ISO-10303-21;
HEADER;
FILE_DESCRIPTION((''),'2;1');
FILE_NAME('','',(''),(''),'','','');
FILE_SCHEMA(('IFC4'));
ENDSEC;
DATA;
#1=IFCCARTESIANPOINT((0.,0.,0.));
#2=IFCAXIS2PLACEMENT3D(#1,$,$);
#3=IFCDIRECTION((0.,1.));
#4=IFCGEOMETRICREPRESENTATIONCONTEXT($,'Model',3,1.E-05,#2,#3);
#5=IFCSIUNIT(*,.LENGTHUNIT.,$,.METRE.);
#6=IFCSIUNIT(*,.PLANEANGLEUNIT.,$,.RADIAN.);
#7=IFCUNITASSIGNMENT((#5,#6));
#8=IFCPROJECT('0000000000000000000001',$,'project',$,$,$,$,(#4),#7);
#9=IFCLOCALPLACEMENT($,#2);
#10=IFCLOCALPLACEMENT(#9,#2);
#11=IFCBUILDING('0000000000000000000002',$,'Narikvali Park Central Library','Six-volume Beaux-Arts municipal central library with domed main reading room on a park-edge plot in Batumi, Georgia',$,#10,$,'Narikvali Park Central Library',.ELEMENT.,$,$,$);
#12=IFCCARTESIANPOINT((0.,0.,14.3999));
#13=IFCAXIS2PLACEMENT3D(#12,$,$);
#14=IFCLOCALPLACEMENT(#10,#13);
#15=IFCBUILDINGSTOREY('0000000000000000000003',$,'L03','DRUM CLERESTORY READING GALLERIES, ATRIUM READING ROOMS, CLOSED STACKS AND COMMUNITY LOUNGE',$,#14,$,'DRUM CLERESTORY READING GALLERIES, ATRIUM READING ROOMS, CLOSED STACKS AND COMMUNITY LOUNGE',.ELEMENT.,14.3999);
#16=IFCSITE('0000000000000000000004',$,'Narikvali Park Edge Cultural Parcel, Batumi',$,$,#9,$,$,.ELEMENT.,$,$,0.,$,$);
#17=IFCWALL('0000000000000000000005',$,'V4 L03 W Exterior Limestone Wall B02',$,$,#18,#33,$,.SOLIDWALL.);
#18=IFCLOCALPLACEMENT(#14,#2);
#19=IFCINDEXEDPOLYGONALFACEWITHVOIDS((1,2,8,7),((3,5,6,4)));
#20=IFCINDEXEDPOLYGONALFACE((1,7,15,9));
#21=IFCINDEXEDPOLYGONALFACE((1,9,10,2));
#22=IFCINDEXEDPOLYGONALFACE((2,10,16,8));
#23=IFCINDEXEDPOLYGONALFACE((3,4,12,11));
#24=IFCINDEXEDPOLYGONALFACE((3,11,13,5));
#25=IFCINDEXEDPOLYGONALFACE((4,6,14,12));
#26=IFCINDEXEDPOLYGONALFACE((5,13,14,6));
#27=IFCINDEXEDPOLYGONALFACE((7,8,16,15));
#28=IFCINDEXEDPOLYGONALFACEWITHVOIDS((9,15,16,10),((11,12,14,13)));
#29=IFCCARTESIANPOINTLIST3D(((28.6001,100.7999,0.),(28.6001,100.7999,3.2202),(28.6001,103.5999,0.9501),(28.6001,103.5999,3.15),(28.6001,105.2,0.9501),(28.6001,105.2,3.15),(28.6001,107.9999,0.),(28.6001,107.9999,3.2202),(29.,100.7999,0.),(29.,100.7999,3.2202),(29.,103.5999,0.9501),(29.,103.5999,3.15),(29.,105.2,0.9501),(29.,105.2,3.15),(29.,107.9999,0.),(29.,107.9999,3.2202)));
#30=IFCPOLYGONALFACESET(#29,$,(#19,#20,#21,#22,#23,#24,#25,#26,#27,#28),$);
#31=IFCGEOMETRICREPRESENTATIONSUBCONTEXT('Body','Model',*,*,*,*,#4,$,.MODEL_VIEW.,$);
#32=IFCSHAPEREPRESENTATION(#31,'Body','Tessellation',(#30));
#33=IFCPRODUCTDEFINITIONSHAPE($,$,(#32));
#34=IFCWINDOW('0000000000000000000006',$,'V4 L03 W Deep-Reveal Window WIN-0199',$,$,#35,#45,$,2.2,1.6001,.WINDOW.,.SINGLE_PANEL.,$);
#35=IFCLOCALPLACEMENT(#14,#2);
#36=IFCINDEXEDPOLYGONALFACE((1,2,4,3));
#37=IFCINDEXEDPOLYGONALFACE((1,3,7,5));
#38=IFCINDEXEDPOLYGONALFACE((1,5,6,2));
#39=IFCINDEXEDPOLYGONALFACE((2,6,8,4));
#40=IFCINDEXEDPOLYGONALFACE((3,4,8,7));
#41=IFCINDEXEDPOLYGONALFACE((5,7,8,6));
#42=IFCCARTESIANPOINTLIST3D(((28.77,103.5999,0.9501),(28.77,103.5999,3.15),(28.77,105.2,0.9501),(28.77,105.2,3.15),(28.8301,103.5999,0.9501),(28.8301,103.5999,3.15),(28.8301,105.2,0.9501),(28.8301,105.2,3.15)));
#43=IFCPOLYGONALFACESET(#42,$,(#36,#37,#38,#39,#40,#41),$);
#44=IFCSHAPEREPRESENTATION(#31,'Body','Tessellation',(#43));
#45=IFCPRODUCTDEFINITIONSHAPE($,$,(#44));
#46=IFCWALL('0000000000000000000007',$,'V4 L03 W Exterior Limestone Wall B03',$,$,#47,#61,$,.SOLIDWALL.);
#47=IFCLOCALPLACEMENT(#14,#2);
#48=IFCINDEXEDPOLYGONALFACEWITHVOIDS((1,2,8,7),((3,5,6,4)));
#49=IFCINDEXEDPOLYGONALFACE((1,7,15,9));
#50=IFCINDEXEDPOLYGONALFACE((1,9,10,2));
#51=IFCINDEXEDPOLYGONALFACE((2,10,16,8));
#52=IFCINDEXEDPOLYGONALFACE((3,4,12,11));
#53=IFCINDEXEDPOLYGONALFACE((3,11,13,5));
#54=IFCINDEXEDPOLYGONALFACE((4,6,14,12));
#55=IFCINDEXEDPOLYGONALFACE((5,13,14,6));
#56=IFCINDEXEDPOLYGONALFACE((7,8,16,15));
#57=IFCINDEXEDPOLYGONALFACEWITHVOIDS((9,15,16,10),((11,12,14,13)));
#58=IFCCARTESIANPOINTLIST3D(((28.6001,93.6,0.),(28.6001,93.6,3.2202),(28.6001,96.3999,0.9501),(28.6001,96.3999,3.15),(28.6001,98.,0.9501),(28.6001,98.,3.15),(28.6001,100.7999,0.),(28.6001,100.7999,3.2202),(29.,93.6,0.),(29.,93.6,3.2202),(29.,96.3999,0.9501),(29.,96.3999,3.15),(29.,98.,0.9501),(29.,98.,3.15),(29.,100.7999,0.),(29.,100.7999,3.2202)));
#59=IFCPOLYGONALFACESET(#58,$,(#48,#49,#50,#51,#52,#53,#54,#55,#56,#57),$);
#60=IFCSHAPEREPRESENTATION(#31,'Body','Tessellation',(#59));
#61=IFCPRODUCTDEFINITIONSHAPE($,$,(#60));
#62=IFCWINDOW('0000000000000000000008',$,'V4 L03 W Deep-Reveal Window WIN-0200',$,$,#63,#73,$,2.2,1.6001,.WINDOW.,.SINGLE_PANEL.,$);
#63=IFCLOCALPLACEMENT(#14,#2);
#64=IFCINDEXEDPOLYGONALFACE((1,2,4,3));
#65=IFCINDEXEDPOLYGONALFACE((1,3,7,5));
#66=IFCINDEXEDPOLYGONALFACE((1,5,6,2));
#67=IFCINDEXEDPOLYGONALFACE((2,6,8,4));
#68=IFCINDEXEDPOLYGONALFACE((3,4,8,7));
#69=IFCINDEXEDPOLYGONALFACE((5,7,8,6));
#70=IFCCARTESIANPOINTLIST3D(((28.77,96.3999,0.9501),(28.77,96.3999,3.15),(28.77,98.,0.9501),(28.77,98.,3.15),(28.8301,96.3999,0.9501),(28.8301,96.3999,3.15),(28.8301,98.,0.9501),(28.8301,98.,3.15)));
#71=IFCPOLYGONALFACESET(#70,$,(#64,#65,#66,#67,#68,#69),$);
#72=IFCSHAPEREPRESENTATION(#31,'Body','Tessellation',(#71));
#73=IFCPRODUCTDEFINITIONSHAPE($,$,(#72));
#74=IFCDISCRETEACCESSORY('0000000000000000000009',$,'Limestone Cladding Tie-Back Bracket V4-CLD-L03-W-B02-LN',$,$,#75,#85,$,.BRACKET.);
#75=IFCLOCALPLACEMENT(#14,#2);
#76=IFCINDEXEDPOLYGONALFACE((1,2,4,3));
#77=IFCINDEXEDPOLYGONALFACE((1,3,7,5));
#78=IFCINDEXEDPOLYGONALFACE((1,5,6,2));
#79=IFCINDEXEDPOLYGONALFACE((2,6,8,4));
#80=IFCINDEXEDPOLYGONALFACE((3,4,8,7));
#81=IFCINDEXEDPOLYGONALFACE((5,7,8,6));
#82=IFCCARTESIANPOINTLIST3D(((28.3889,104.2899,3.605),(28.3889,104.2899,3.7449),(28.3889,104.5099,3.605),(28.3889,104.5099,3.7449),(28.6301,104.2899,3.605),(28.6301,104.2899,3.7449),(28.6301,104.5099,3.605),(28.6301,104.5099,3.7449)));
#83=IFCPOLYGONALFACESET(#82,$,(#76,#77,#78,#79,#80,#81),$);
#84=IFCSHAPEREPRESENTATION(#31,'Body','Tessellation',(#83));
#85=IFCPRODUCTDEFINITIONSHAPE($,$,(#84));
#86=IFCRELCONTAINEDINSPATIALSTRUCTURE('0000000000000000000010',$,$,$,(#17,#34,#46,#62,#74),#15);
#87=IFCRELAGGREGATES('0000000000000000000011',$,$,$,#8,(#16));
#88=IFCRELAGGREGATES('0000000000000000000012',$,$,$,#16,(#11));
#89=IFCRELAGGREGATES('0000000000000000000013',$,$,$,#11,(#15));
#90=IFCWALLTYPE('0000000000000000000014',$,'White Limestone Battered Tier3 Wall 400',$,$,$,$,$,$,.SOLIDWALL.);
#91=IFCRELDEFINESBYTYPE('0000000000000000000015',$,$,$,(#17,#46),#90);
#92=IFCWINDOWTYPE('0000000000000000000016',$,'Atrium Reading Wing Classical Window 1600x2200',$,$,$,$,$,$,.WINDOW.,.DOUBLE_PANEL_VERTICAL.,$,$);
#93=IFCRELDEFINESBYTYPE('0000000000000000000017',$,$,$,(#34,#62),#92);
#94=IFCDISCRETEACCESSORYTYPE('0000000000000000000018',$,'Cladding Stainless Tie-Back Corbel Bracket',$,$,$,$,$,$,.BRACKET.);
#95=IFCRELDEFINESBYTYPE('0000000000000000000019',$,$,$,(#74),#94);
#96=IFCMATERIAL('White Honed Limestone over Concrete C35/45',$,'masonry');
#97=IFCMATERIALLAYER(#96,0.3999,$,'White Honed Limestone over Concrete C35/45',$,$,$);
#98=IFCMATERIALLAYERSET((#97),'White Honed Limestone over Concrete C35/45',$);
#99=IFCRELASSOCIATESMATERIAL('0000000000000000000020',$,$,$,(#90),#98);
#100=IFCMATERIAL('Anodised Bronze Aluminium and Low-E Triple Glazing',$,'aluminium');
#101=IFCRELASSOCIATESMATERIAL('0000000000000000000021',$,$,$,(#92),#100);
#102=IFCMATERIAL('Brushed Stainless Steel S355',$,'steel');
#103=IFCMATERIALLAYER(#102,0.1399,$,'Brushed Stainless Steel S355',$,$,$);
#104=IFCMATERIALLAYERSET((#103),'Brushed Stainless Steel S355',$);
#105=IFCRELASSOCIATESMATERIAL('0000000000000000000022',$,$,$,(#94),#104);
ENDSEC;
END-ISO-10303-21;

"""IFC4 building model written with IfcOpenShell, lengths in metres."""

from ifc_helpers import new_model, si_unit, direction, frame, frame_2d, origin, origin_2d, place, context, subcontext, project, spatial, rectangle, extrude, material, layer, layer_set, type_object, element, fill, save


model = new_model("IFC4")

# Units and contexts
model_context = context("Model", 3, precision=1e-05, world=origin(), true_north=direction((0.0, 1.0)))
body_context = subcontext(model_context, "Body", "Model", "MODEL_VIEW")
ifc_project = project(units=[si_unit("LENGTHUNIT", "METRE"), si_unit("PLANEANGLEUNIT", "RADIAN")], contexts=[model_context])

# Site, building, storey
site_placement = place(None, origin())
site = spatial("IfcSite", under=ifc_project, at=site_placement, Name="Narikvali Park Edge Cultural Parcel, Batumi", CompositionType="ELEMENT", RefElevation=0.0)
building_placement = place(site_placement, origin())
building = spatial("IfcBuilding", under=site, at=building_placement, Name="Narikvali Park Central Library", Description="Six-volume Beaux-Arts municipal central library with domed main reading room on a park-edge plot in Batumi, Georgia", LongName="Narikvali Park Central Library", CompositionType="ELEMENT")
storey_placement = place(building_placement, frame((0.0, 0.0, 14.3999)))
storey = spatial("IfcBuildingStorey", under=building, at=storey_placement, Name="L03", Description="DRUM CLERESTORY READING GALLERIES, ATRIUM READING ROOMS, CLOSED STACKS AND COMMUNITY LOUNGE", LongName="DRUM CLERESTORY READING GALLERIES, ATRIUM READING ROOMS, CLOSED STACKS AND COMMUNITY LOUNGE", CompositionType="ELEMENT", Elevation=14.3999)

# Walls, openings, windows
ifc_material_1 = material(Name="White Honed Limestone over Concrete C35/45", Category="masonry")
ifc_layer_1 = layer(ifc_material_1, 0.3999, Name="White Honed Limestone over Concrete C35/45")
ifc_layer_set_1 = layer_set([ifc_layer_1], Name="White Honed Limestone over Concrete C35/45")
wall_type = type_object("IfcWallType", Name="White Limestone Battered Tier3 Wall 400", PredefinedType="SOLIDWALL", material=ifc_layer_set_1)
wall_1_placement = place(storey_placement, frame((28.8, 108.0, 0.0), z_axis=(0.0, 0.0, 1.0), x_axis=(0.0, -1.0, 0.0)))
wall_1 = element("IfcWall", 1, at=wall_1_placement, inside=storey, type_object=wall_type, Name="V4 L03 W Exterior Limestone Wall B02", PredefinedType="SOLIDWALL", context=body_context, shape_type="SweptSolid", body=[
    extrude(rectangle(XDim=7.2, YDim=0.3999, at=frame_2d((3.6001, 0.0))), origin(), (0.0, 0.0, 1.0), 3.2202),
])
opening_1_placement = place(wall_1_placement, frame((2.8, 0.0, 0.95)))
opening_1 = element("IfcOpeningElement", 2, at=opening_1_placement, cuts=wall_1, PredefinedType="OPENING", context=body_context, shape_type="SweptSolid", body=[
    extrude(rectangle(XDim=1.6001, YDim=2.2, at=frame_2d((0.8, 1.1001))), frame((0.0, 0.2119, 0.0), z_axis=(0.0, -1.0, 0.0), x_axis=(1.0, 0.0, 0.0)), (0.0, 0.0, 1.0), 0.4238),
])
ifc_material_2 = material(Name="Anodised Bronze Aluminium and Low-E Triple Glazing", Category="aluminium")
window_type = type_object("IfcWindowType", Name="Atrium Reading Wing Classical Window 1600x2200", PartitioningType="DOUBLE_PANEL_VERTICAL", PredefinedType="WINDOW", material=ifc_material_2)
window_1_placement = place(opening_1_placement, origin())
window_1 = element("IfcWindow", 3, at=window_1_placement, inside=storey, type_object=window_type, Name="V4 L03 W Deep-Reveal Window WIN-0199", OverallHeight=2.2, OverallWidth=1.6001, PartitioningType="SINGLE_PANEL", PredefinedType="WINDOW", context=body_context, shape_type="SweptSolid", body=[
    extrude(rectangle(XDim=1.6001, YDim=2.2, at=frame_2d((0.8, 1.1001))), frame((0.0, 0.03, 0.0), z_axis=(0.0, -1.0, 0.0), x_axis=(1.0, 0.0, 0.0)), (0.0, 0.0, 1.0), 0.0601),
])
fill(opening_1, window_1)
wall_2_placement = place(storey_placement, frame((28.8, 100.8, 0.0), z_axis=(0.0, 0.0, 1.0), x_axis=(0.0, -1.0, 0.0)))
wall_2 = element("IfcWall", 4, at=wall_2_placement, inside=storey, type_object=wall_type, Name="V4 L03 W Exterior Limestone Wall B03", PredefinedType="SOLIDWALL", context=body_context, shape_type="SweptSolid", body=[
    extrude(rectangle(XDim=7.2, YDim=0.3999, at=frame_2d((3.6001, 0.0))), origin(), (0.0, 0.0, 1.0), 3.2202),
])
opening_2_placement = place(wall_2_placement, frame((2.8, 0.0, 0.95)))
opening_2 = element("IfcOpeningElement", 5, at=opening_2_placement, cuts=wall_2, PredefinedType="OPENING", context=body_context, shape_type="SweptSolid", body=[
    extrude(rectangle(XDim=1.6001, YDim=2.2, at=frame_2d((0.8, 1.1001))), frame((0.0, 0.2119, 0.0), z_axis=(0.0, -1.0, 0.0), x_axis=(1.0, 0.0, 0.0)), (0.0, 0.0, 1.0), 0.4238),
])
window_2_placement = place(opening_2_placement, origin())
window_2 = element("IfcWindow", 6, at=window_2_placement, inside=storey, type_object=window_type, Name="V4 L03 W Deep-Reveal Window WIN-0200", OverallHeight=2.2, OverallWidth=1.6001, PartitioningType="SINGLE_PANEL", PredefinedType="WINDOW", context=body_context, shape_type="SweptSolid", body=[
    extrude(rectangle(XDim=1.6001, YDim=2.2, at=frame_2d((0.8, 1.1001))), frame((0.0, 0.03, 0.0), z_axis=(0.0, -1.0, 0.0), x_axis=(1.0, 0.0, 0.0)), (0.0, 0.0, 1.0), 0.0601),
])
fill(opening_2, window_2)

# Discrete accessory
ifc_material_3 = material(Name="Brushed Stainless Steel S355", Category="steel")
ifc_layer_2 = layer(ifc_material_3, 0.1399, Name="Brushed Stainless Steel S355")
ifc_layer_set_2 = layer_set([ifc_layer_2], Name="Brushed Stainless Steel S355")
discrete_accessory_type = type_object("IfcDiscreteAccessoryType", Name="Cladding Stainless Tie-Back Corbel Bracket", PredefinedType="BRACKET", material=ifc_layer_set_2)
discrete_accessory_placement = place(storey_placement, frame((28.5095, 104.3999, 3.605), z_axis=(0.0, 0.0, 1.0), x_axis=(1.0, 0.0, 0.0)))
element("IfcDiscreteAccessory", 7, at=discrete_accessory_placement, inside=storey, type_object=discrete_accessory_type, Name="Limestone Cladding Tie-Back Bracket V4-CLD-L03-W-B02-LN", PredefinedType="BRACKET", context=body_context, shape_type="SweptSolid", body=[
    extrude(rectangle(XDim=0.2412, YDim=0.22, at=origin_2d()), origin(), (0.0, 0.0, 1.0), 0.1399),
])

save(model, "model.ifc")
